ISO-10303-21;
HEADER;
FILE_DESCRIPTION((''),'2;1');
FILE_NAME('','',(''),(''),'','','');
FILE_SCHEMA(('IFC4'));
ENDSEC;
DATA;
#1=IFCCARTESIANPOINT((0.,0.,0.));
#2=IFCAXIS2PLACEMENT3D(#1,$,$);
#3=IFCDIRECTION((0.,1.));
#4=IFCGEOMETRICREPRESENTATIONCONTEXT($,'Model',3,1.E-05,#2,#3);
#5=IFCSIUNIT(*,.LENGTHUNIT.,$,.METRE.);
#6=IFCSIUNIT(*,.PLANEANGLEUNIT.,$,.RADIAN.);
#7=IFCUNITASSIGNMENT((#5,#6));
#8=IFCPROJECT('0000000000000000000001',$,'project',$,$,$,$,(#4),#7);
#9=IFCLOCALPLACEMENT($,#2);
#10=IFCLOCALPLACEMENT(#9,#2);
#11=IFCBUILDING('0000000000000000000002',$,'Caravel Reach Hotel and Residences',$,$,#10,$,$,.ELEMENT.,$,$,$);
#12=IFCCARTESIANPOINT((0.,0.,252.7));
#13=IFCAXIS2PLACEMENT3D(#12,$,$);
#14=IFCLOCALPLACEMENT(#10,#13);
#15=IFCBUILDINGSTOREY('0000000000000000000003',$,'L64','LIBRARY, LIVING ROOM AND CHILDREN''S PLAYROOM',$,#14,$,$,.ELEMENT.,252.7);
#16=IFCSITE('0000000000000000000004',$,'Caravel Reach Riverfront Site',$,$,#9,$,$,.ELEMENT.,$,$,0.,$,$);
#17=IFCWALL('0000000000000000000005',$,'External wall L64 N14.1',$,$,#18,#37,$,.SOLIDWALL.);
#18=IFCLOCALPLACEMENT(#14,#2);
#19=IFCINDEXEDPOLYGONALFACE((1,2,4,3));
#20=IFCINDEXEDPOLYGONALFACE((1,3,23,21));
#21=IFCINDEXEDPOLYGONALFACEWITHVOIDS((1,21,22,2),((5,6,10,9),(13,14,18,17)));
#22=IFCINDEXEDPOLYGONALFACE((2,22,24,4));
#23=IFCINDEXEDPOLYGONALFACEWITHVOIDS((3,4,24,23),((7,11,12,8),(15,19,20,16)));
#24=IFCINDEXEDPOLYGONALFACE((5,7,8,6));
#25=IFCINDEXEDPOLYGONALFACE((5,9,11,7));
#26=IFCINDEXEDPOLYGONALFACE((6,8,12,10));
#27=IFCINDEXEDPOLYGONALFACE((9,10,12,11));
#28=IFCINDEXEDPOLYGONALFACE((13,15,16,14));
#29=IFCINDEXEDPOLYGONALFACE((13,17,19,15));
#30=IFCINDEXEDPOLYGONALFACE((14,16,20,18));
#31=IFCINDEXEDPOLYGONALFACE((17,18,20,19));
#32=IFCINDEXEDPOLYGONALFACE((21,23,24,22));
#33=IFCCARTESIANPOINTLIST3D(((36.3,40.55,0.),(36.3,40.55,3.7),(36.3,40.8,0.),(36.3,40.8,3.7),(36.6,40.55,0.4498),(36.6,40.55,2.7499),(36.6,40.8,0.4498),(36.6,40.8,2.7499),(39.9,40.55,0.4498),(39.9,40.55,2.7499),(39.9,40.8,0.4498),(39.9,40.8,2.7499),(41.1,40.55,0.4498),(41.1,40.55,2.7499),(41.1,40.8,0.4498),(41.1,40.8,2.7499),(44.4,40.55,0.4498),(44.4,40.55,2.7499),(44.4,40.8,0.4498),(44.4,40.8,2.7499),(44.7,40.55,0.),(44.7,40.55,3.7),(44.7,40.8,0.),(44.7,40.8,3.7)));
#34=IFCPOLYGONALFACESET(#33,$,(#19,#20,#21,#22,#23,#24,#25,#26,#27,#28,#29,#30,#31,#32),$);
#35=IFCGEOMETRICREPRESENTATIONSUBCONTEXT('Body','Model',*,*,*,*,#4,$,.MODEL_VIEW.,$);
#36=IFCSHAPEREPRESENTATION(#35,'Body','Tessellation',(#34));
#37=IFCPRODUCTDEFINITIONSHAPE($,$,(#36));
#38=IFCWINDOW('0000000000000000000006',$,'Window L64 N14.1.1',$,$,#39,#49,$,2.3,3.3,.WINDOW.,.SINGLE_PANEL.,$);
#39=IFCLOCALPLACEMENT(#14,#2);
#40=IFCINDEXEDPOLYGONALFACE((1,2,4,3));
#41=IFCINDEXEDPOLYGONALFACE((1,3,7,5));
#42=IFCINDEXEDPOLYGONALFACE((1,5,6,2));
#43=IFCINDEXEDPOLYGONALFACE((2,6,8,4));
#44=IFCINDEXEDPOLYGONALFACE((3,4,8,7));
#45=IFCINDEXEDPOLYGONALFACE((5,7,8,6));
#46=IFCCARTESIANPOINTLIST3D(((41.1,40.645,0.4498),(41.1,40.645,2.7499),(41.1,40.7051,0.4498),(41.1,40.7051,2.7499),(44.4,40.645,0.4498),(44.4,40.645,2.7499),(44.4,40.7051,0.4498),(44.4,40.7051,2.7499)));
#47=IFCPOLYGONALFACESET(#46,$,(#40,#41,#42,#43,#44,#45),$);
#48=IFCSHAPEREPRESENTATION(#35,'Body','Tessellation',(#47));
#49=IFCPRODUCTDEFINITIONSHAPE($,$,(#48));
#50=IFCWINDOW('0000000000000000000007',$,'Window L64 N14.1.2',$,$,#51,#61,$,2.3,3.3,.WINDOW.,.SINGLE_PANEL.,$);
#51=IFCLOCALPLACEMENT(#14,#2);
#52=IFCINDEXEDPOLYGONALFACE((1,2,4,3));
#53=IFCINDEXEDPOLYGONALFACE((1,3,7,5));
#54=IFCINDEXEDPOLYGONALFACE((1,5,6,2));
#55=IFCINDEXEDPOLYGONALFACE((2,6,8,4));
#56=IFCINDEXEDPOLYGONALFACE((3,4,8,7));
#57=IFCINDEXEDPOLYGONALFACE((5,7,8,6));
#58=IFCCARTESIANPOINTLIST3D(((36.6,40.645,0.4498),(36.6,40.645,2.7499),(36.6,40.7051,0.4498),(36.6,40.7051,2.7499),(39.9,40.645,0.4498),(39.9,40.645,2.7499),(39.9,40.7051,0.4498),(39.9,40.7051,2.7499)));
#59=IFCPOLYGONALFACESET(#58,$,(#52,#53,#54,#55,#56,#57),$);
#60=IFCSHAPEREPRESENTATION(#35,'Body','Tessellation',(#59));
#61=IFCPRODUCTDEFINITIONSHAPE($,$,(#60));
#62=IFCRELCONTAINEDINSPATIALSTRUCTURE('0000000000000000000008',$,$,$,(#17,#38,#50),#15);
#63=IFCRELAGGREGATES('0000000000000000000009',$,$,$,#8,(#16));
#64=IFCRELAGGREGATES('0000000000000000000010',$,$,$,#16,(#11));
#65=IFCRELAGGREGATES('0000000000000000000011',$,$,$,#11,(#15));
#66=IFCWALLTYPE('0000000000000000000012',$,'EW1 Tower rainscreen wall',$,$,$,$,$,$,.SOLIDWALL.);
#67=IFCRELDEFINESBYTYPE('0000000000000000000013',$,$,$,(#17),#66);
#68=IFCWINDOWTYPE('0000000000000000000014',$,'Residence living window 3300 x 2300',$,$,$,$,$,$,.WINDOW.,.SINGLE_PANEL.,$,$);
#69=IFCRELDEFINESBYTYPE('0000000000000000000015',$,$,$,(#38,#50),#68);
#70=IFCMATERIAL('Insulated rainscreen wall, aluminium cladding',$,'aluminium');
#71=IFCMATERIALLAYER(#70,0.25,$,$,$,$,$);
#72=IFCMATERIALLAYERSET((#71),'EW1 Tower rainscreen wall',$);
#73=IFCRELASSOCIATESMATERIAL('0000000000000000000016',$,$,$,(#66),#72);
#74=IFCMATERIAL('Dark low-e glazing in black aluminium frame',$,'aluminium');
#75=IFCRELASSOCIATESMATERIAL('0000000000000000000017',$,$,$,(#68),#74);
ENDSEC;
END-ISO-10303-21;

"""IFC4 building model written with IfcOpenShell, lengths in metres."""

from ifc_helpers import new_model, si_unit, direction, frame, frame_2d, origin, place, context, subcontext, project, spatial, rectangle, extrude, material, layer, layer_set, type_object, element, fill, save


model = new_model("IFC4")

# Units and contexts
model_context = context("Model", 3, precision=1e-05, world=origin(), true_north=direction((0.0, 1.0)))
body_context = subcontext(model_context, "Body", "Model", "MODEL_VIEW")
ifc_project = project(units=[si_unit("LENGTHUNIT", "METRE"), si_unit("PLANEANGLEUNIT", "RADIAN")], contexts=[model_context])

# Site, building, storey
site_placement = place(None, origin())
site = spatial("IfcSite", under=ifc_project, at=site_placement, Name="Caravel Reach Riverfront Site", CompositionType="ELEMENT", RefElevation=0.0)
building_placement = place(site_placement, origin())
building = spatial("IfcBuilding", under=site, at=building_placement, Name="Caravel Reach Hotel and Residences", CompositionType="ELEMENT")
storey_placement = place(building_placement, frame((0.0, 0.0, 252.7)))
storey = spatial("IfcBuildingStorey", under=building, at=storey_placement, Name="L64", Description="LIBRARY, LIVING ROOM AND CHILDREN'S PLAYROOM", CompositionType="ELEMENT", Elevation=252.7)

# Shared definitions
ifc_material_1 = material(Name="Insulated rainscreen wall, aluminium cladding", Category="aluminium")
ifc_layer = layer(ifc_material_1, 0.25)
ifc_layer_set = layer_set([ifc_layer], Name="EW1 Tower rainscreen wall")
wall_type = type_object("IfcWallType", Name="EW1 Tower rainscreen wall", PredefinedType="SOLIDWALL", material=ifc_layer_set)

# Wall, openings, windows
wall_1_placement = place(storey_placement, frame((44.7, 40.675, 0.0), z_axis=(0.0, 0.0, 1.0), x_axis=(-1.0, 0.0, 0.0)))
wall_1 = element("IfcWall", 1, at=wall_1_placement, inside=storey, type_object=wall_type, Name="External wall L64 N14.1", PredefinedType="SOLIDWALL", context=body_context, shape_type="SweptSolid", body=[
    extrude(rectangle(XDim=8.3999, YDim=0.25, at=frame_2d((4.2, 0.0))), origin(), (0.0, 0.0, 1.0), 3.7),
])
opening_1_placement = place(wall_1_placement, frame((0.3, 0.0, 0.45)))
opening_1 = element("IfcOpeningElement", 2, at=opening_1_placement, cuts=wall_1, PredefinedType="OPENING", context=body_context, shape_type="SweptSolid", body=[
    extrude(rectangle(XDim=3.3, YDim=2.3, at=frame_2d((1.6499, 1.1499))), frame((0.0, 0.135, 0.0), z_axis=(0.0, -1.0, 0.0), x_axis=(1.0, 0.0, 0.0)), (0.0, 0.0, 1.0), 0.27),
])
opening_2_placement = place(wall_1_placement, frame((4.8, 0.0, 0.45)))
opening_2 = element("IfcOpeningElement", 3, at=opening_2_placement, cuts=wall_1, PredefinedType="OPENING", context=body_context, shape_type="SweptSolid", body=[
    extrude(rectangle(XDim=3.3, YDim=2.3, at=frame_2d((1.6499, 1.1499))), frame((0.0, 0.135, 0.0), z_axis=(0.0, -1.0, 0.0), x_axis=(1.0, 0.0, 0.0)), (0.0, 0.0, 1.0), 0.27),
])
ifc_material_2 = material(Name="Dark low-e glazing in black aluminium frame", Category="aluminium")
window_type_1 = type_object("IfcWindowType", Name="Residence living window 3300 x 2300", PartitioningType="SINGLE_PANEL", PredefinedType="WINDOW", material=ifc_material_2)
window_1_placement = place(opening_1_placement, origin())
window_1 = element("IfcWindow", 4, at=window_1_placement, inside=storey, type_object=window_type_1, Name="Window L64 N14.1.1", OverallHeight=2.3, OverallWidth=3.3, PartitioningType="SINGLE_PANEL", PredefinedType="WINDOW", context=body_context, shape_type="SweptSolid", body=[
    extrude(rectangle(XDim=3.3, YDim=2.3, at=frame_2d((1.6499, 1.1499))), frame((0.0, 0.03, 0.0), z_axis=(0.0, -1.0, 0.0), x_axis=(1.0, 0.0, 0.0)), (0.0, 0.0, 1.0), 0.0601),
])
fill(opening_1, window_1)
window_2_placement = place(opening_2_placement, origin())
window_2 = element("IfcWindow", 5, at=window_2_placement, inside=storey, type_object=window_type_1, Name="Window L64 N14.1.2", OverallHeight=2.3, OverallWidth=3.3, PartitioningType="SINGLE_PANEL", PredefinedType="WINDOW", context=body_context, shape_type="SweptSolid", body=[
    extrude(rectangle(XDim=3.3, YDim=2.3, at=frame_2d((1.6499, 1.1499))), frame((0.0, 0.03, 0.0), z_axis=(0.0, -1.0, 0.0), x_axis=(1.0, 0.0, 0.0)), (0.0, 0.0, 1.0), 0.0601),
])
fill(opening_2, window_2)

save(model, "model.ifc")
